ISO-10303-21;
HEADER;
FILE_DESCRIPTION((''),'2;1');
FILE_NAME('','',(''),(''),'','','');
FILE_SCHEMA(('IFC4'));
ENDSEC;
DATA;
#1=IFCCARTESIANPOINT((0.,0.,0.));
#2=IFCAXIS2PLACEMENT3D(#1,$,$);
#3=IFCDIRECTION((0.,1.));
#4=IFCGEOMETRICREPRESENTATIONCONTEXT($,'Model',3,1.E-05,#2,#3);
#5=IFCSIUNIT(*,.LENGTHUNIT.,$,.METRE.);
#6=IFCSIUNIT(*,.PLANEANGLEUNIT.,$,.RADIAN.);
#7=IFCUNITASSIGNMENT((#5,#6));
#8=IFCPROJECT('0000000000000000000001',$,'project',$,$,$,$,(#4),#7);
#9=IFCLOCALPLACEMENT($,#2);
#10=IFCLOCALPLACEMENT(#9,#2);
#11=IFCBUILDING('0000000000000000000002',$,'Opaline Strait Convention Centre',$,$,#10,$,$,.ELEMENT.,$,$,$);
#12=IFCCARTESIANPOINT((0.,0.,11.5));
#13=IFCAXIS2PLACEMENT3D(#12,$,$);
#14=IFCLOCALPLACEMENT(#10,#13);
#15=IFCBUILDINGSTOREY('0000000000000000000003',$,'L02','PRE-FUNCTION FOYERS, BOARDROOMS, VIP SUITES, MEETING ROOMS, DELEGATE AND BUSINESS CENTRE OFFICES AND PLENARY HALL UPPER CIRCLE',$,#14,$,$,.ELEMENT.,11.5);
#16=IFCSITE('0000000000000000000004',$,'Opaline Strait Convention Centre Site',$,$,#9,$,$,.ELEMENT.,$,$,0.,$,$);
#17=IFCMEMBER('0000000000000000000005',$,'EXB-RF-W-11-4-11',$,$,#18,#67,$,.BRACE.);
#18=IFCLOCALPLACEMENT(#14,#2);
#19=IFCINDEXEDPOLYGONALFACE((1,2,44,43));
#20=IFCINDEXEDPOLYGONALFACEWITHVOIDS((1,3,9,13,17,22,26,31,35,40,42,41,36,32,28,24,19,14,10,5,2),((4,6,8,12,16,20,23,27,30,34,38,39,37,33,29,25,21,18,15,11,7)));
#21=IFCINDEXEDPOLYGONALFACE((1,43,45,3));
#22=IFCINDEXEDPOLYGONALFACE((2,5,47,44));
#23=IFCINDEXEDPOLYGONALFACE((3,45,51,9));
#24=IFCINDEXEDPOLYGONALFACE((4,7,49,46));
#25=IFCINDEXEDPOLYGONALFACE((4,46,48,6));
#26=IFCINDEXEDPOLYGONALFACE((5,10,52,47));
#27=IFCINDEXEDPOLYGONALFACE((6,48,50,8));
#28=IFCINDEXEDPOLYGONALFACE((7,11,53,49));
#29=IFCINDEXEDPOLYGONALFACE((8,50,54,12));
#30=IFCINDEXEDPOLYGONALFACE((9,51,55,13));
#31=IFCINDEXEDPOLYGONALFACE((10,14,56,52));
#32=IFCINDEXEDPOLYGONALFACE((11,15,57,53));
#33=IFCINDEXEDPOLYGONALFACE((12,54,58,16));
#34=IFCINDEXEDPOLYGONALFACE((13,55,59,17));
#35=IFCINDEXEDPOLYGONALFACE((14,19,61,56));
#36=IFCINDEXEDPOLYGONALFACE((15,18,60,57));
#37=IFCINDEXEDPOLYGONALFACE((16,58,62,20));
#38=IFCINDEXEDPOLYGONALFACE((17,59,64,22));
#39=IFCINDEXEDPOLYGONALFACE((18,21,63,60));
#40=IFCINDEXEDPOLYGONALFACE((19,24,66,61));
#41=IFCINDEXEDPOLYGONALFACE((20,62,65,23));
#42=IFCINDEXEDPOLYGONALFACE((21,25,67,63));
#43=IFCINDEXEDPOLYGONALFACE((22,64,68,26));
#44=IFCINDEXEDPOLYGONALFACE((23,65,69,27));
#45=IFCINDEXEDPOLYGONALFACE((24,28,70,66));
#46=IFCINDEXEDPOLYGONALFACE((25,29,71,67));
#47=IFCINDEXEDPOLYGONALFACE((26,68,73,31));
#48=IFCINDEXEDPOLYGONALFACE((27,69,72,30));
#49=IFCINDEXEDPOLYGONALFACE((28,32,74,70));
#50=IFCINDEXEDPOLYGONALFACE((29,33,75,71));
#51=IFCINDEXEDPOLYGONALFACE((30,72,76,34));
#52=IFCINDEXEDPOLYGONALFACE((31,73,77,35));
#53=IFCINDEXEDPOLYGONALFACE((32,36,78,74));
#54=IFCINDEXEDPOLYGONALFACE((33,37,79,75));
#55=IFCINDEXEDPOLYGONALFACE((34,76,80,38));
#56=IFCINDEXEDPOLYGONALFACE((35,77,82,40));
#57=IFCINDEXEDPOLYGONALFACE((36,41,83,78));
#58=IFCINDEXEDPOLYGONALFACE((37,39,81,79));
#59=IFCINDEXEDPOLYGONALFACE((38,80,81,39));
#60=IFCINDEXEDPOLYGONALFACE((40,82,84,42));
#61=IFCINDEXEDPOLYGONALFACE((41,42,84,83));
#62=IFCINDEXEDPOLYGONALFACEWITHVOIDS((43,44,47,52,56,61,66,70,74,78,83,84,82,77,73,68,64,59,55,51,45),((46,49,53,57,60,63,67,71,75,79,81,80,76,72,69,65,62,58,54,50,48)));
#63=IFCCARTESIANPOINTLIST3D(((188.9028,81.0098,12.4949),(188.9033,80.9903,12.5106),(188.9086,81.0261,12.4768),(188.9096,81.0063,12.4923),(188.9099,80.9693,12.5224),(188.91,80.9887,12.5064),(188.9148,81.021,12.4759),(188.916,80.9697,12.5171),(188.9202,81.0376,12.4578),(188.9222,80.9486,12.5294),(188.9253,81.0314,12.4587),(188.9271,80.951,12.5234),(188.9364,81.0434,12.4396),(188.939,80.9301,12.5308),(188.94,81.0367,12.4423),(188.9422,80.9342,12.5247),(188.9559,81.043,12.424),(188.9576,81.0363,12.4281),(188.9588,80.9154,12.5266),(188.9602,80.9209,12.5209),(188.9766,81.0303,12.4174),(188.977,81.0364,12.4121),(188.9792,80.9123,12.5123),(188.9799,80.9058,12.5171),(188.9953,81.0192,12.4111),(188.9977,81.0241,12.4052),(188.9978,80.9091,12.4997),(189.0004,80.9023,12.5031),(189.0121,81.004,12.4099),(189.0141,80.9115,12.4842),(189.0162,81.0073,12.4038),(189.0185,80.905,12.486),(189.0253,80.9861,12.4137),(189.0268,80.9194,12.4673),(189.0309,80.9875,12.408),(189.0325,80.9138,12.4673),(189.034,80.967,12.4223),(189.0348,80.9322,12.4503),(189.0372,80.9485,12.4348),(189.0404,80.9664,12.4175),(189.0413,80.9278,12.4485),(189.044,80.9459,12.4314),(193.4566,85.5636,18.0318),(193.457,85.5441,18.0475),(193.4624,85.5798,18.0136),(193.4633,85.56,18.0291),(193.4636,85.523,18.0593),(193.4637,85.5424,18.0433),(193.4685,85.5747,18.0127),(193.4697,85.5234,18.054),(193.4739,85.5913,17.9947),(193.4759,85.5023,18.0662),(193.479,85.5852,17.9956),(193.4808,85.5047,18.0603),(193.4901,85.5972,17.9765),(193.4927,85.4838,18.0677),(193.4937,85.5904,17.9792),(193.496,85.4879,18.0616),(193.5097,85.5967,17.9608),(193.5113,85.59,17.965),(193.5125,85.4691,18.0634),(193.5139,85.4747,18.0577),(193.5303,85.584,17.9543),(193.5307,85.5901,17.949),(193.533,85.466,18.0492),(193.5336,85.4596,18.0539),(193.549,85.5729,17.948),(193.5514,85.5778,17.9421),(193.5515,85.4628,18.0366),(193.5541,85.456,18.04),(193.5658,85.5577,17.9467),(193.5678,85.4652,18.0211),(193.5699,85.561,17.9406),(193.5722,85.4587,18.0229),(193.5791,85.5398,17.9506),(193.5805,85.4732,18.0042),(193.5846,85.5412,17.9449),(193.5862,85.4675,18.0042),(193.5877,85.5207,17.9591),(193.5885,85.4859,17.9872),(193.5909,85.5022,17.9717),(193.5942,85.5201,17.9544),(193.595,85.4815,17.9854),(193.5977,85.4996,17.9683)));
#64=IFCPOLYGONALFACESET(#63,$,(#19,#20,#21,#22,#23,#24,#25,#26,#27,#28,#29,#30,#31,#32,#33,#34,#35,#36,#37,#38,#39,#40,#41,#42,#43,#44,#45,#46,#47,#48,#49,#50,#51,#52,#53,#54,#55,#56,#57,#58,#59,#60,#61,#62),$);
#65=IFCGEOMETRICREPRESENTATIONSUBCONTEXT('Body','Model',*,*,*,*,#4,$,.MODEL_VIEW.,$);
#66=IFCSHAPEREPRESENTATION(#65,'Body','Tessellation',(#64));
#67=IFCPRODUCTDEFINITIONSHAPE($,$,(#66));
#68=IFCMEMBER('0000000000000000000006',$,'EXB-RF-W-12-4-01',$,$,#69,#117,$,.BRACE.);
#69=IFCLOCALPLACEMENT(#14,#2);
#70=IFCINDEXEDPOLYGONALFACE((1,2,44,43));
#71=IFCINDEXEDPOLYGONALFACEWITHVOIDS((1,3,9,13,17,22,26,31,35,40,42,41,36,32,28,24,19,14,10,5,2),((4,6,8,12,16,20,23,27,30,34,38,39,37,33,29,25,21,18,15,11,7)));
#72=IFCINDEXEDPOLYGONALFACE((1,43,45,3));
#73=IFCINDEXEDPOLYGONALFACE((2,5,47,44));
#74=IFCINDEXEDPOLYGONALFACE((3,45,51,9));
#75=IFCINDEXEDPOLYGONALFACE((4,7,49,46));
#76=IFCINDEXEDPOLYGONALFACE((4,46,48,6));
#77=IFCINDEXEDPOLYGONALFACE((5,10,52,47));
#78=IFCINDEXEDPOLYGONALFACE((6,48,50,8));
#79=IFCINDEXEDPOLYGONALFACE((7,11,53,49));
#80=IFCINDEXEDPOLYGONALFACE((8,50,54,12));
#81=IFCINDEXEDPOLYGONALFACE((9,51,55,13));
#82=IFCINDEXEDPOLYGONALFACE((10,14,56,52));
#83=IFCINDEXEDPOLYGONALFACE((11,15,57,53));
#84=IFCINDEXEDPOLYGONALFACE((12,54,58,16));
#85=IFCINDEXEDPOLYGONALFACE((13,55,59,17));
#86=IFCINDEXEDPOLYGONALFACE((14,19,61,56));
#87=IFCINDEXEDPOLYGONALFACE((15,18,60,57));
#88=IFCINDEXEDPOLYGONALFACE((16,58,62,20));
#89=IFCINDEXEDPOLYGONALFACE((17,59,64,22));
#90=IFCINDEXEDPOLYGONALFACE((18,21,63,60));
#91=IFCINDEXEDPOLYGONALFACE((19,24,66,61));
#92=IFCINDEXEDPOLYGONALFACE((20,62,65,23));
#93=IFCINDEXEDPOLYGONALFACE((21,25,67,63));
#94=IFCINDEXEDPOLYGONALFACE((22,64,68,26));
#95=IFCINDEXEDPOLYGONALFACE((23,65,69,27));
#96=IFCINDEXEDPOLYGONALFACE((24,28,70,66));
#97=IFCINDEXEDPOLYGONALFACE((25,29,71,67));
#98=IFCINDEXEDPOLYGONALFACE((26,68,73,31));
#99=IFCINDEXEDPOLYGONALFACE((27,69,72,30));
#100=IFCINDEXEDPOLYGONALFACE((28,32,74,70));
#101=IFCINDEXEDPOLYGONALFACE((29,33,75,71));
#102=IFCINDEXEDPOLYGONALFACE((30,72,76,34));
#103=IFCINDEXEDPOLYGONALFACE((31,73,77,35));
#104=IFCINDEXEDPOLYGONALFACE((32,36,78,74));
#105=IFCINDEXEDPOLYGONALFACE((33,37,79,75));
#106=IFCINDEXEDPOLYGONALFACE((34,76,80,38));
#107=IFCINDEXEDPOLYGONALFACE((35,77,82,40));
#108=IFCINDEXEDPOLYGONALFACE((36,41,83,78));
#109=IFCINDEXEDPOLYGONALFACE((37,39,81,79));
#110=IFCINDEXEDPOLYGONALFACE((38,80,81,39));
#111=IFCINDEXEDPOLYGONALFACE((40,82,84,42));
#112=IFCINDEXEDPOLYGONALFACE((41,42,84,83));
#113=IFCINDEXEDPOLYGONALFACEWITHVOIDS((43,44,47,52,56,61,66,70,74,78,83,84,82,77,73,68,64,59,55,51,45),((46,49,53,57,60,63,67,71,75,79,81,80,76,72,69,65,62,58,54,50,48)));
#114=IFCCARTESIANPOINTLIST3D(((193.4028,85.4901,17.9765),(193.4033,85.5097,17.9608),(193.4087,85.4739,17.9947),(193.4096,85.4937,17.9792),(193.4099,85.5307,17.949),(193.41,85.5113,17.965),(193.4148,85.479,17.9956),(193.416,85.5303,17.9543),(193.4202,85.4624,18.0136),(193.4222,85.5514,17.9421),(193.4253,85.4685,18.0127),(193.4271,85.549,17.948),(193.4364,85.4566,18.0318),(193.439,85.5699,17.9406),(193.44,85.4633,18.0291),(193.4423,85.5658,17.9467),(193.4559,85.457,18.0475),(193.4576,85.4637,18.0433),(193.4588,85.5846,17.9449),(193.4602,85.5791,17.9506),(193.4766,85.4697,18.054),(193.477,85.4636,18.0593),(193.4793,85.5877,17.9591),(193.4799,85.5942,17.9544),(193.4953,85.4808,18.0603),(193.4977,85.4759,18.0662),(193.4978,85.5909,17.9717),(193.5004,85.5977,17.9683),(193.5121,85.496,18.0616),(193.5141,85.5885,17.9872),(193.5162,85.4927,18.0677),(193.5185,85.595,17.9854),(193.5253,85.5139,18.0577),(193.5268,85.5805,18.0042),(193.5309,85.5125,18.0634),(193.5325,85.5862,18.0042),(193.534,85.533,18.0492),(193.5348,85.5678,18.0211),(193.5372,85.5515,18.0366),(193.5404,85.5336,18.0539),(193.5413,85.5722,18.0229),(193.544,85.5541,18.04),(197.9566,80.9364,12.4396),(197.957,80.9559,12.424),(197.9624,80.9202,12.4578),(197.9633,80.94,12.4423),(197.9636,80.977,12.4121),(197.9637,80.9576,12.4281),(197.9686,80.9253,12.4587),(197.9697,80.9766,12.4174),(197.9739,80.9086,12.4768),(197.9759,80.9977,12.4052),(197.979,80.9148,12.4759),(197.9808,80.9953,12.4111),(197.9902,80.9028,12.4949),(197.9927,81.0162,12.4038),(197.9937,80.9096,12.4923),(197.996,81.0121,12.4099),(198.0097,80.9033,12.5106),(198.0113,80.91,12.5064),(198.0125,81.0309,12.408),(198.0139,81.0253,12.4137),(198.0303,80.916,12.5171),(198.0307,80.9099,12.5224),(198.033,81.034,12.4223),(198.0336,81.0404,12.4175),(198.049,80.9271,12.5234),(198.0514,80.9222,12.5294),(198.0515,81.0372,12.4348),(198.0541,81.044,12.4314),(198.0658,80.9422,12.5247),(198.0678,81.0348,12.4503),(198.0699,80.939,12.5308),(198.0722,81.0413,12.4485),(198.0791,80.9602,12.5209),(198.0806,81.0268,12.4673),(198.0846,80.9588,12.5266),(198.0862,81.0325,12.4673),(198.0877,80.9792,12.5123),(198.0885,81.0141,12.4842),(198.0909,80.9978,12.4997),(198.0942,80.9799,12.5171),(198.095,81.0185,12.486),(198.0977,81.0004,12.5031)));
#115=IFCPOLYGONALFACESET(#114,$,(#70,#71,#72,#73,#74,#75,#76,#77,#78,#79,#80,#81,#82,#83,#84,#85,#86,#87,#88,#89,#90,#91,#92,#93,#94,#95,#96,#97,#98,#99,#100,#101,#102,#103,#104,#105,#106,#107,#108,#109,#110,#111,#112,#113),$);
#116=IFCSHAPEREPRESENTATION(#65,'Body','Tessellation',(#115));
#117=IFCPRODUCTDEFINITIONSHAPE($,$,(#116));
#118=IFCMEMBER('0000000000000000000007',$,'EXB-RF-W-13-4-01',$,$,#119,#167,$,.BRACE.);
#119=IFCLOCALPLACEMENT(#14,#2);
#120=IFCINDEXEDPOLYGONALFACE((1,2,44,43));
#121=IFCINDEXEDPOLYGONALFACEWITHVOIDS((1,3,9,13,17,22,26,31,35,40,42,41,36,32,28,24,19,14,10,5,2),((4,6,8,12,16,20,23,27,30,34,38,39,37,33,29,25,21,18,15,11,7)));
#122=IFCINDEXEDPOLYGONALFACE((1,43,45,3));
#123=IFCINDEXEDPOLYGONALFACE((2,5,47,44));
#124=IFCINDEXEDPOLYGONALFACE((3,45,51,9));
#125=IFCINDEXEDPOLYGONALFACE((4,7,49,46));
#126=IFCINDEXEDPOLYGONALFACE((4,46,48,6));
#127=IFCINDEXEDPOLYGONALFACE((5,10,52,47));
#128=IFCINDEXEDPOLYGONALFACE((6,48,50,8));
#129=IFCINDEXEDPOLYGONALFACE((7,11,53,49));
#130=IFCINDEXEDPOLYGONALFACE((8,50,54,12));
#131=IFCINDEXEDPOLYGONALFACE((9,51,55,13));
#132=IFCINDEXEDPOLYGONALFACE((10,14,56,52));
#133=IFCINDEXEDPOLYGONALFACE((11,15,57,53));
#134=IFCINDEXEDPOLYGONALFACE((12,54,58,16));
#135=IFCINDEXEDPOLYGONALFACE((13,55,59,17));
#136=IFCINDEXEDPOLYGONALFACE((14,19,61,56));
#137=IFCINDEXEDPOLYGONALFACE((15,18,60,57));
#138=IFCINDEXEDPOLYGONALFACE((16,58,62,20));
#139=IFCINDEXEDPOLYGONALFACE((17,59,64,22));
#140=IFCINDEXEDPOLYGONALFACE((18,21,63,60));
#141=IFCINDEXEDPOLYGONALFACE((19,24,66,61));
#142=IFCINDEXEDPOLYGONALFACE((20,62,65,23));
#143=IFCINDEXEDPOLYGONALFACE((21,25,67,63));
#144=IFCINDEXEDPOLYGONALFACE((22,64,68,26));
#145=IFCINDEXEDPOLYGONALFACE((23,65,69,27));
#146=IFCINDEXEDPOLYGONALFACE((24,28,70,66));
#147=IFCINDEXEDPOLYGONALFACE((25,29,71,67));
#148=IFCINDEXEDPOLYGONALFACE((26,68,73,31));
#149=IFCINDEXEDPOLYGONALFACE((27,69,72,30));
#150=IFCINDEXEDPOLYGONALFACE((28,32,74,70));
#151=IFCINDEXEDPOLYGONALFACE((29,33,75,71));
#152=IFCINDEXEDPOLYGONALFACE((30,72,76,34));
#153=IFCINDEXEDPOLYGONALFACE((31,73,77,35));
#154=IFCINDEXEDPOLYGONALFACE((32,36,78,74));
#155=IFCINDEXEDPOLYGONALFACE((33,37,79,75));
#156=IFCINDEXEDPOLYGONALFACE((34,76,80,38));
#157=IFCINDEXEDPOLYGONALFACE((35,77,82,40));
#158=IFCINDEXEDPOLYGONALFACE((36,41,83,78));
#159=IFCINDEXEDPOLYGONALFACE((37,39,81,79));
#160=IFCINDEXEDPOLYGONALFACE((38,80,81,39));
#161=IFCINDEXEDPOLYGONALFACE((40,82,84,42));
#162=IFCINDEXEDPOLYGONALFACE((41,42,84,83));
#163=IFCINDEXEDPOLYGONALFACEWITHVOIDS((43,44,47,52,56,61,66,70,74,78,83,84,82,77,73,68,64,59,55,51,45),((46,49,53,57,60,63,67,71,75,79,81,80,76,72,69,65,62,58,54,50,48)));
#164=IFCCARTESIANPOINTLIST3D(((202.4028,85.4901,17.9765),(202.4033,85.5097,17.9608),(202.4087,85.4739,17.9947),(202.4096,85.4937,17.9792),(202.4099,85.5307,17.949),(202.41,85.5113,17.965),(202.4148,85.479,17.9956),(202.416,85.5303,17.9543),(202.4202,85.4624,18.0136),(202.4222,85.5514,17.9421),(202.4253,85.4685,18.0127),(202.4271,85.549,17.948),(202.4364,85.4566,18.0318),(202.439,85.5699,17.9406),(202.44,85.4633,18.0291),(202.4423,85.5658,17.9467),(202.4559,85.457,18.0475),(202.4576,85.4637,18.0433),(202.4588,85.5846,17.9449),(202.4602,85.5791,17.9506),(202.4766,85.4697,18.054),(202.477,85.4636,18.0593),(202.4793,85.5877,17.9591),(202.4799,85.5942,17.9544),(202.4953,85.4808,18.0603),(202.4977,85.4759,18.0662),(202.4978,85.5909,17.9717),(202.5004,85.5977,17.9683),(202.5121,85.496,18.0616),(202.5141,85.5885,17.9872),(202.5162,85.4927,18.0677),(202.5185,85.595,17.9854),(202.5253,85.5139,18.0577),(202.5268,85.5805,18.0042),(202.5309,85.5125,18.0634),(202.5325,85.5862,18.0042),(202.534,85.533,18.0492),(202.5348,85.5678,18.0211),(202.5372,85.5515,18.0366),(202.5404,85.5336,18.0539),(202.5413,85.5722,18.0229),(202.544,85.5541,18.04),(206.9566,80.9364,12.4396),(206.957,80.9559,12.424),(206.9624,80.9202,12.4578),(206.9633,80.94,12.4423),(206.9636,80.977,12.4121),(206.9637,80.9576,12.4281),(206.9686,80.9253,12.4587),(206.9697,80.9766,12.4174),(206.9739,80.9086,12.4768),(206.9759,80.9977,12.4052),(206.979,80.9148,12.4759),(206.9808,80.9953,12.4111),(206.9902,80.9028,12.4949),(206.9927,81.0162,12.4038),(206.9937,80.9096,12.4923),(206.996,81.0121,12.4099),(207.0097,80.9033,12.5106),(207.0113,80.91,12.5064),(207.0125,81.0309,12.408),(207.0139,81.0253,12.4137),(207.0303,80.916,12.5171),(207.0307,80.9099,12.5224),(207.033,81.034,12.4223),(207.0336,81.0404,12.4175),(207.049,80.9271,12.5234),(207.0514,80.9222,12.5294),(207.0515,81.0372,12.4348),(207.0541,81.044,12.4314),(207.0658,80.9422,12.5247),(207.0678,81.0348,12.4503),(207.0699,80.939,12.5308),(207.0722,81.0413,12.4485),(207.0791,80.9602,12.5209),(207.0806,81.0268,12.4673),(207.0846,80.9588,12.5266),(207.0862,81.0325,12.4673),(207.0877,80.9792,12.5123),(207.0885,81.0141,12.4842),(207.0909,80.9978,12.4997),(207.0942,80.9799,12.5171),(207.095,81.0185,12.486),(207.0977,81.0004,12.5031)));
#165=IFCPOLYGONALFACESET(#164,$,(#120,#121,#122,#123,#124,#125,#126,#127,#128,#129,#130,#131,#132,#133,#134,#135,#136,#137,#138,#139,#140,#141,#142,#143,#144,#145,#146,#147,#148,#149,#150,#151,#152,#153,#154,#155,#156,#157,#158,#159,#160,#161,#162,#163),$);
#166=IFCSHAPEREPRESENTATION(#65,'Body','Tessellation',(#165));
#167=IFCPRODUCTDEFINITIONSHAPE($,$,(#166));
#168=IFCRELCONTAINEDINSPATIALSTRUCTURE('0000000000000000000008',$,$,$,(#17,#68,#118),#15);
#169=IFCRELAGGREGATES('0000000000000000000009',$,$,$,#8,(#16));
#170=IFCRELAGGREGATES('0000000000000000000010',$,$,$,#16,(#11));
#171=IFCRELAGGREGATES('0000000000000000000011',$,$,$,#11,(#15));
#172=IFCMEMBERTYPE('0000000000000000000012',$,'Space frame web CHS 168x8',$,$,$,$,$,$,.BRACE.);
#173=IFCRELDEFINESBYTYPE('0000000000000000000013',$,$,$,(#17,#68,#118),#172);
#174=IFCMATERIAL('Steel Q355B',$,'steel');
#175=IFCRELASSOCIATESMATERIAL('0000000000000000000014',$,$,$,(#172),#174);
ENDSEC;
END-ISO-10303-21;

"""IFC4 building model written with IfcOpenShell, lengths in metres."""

from ifc_helpers import new_model, si_unit, direction, frame, origin, origin_2d, place, context, subcontext, project, spatial, hollow_circle, extrude, material, material_profile, profile_set, type_object, element, save


model = new_model("IFC4")

# Units and contexts
model_context = context("Model", 3, precision=1e-05, world=origin(), true_north=direction((0.0, 1.0)))
body_context = subcontext(model_context, "Body", "Model", "MODEL_VIEW")
ifc_project = project(units=[si_unit("LENGTHUNIT", "METRE"), si_unit("PLANEANGLEUNIT", "RADIAN")], contexts=[model_context])

# Site, building, storey
site_placement = place(None, origin())
site = spatial("IfcSite", under=ifc_project, at=site_placement, Name="Opaline Strait Convention Centre Site", CompositionType="ELEMENT", RefElevation=0.0)
building_placement = place(site_placement, origin())
building = spatial("IfcBuilding", under=site, at=building_placement, Name="Opaline Strait Convention Centre", CompositionType="ELEMENT")
storey_placement = place(building_placement, frame((0.0, 0.0, 11.5)))
storey = spatial("IfcBuildingStorey", under=building, at=storey_placement, Name="L02", Description="PRE-FUNCTION FOYERS, BOARDROOMS, VIP SUITES, MEETING ROOMS, DELEGATE AND BUSINESS CENTRE OFFICES AND PLENARY HALL UPPER CIRCLE", CompositionType="ELEMENT", Elevation=11.5)

# Members
ifc_material = material(Name="Steel Q355B", Category="steel")
ifc_material_profile_1 = material_profile(ifc_material, hollow_circle(Radius=0.084, WallThickness=0.0081, at=origin_2d()), Name="CHS 168x8")
ifc_profile_set_1 = profile_set([ifc_material_profile_1], Name="Steel Q355B")
member_type_1 = type_object("IfcMemberType", Name="Space frame web CHS 168x8", PredefinedType="BRACE", material=ifc_profile_set_1)
for number, where, z_axis, x_axis, name in (
    (1, (193.5269, 85.5269, 18.0042), (-0.536178, -0.536178, -0.65194), (0.707107, -0.707107, 0.0), "EXB-RF-W-11-4-11"),
    (2, (193.4731, 85.5269, 18.0042), (0.536178, -0.536178, -0.65194), (0.707107, 0.707107, 0.0), "EXB-RF-W-12-4-01"),
    (3, (202.4731, 85.5269, 18.0042), (0.536178, -0.536178, -0.65194), (0.707107, 0.707107, 0.0), "EXB-RF-W-13-4-01"),
):
    element("IfcMember", number, at=place(storey_placement, frame(where, z_axis=z_axis, x_axis=x_axis)), inside=storey, type_object=member_type_1, Name=name, PredefinedType="BRACE", context=body_context, shape_type="SweptSolid", body=[
        extrude(hollow_circle(Radius=0.084, WallThickness=0.0081, at=origin_2d()), origin(), (0.0, 0.0, 1.0), 8.4929),
    ])

save(model, "model.ifc")
